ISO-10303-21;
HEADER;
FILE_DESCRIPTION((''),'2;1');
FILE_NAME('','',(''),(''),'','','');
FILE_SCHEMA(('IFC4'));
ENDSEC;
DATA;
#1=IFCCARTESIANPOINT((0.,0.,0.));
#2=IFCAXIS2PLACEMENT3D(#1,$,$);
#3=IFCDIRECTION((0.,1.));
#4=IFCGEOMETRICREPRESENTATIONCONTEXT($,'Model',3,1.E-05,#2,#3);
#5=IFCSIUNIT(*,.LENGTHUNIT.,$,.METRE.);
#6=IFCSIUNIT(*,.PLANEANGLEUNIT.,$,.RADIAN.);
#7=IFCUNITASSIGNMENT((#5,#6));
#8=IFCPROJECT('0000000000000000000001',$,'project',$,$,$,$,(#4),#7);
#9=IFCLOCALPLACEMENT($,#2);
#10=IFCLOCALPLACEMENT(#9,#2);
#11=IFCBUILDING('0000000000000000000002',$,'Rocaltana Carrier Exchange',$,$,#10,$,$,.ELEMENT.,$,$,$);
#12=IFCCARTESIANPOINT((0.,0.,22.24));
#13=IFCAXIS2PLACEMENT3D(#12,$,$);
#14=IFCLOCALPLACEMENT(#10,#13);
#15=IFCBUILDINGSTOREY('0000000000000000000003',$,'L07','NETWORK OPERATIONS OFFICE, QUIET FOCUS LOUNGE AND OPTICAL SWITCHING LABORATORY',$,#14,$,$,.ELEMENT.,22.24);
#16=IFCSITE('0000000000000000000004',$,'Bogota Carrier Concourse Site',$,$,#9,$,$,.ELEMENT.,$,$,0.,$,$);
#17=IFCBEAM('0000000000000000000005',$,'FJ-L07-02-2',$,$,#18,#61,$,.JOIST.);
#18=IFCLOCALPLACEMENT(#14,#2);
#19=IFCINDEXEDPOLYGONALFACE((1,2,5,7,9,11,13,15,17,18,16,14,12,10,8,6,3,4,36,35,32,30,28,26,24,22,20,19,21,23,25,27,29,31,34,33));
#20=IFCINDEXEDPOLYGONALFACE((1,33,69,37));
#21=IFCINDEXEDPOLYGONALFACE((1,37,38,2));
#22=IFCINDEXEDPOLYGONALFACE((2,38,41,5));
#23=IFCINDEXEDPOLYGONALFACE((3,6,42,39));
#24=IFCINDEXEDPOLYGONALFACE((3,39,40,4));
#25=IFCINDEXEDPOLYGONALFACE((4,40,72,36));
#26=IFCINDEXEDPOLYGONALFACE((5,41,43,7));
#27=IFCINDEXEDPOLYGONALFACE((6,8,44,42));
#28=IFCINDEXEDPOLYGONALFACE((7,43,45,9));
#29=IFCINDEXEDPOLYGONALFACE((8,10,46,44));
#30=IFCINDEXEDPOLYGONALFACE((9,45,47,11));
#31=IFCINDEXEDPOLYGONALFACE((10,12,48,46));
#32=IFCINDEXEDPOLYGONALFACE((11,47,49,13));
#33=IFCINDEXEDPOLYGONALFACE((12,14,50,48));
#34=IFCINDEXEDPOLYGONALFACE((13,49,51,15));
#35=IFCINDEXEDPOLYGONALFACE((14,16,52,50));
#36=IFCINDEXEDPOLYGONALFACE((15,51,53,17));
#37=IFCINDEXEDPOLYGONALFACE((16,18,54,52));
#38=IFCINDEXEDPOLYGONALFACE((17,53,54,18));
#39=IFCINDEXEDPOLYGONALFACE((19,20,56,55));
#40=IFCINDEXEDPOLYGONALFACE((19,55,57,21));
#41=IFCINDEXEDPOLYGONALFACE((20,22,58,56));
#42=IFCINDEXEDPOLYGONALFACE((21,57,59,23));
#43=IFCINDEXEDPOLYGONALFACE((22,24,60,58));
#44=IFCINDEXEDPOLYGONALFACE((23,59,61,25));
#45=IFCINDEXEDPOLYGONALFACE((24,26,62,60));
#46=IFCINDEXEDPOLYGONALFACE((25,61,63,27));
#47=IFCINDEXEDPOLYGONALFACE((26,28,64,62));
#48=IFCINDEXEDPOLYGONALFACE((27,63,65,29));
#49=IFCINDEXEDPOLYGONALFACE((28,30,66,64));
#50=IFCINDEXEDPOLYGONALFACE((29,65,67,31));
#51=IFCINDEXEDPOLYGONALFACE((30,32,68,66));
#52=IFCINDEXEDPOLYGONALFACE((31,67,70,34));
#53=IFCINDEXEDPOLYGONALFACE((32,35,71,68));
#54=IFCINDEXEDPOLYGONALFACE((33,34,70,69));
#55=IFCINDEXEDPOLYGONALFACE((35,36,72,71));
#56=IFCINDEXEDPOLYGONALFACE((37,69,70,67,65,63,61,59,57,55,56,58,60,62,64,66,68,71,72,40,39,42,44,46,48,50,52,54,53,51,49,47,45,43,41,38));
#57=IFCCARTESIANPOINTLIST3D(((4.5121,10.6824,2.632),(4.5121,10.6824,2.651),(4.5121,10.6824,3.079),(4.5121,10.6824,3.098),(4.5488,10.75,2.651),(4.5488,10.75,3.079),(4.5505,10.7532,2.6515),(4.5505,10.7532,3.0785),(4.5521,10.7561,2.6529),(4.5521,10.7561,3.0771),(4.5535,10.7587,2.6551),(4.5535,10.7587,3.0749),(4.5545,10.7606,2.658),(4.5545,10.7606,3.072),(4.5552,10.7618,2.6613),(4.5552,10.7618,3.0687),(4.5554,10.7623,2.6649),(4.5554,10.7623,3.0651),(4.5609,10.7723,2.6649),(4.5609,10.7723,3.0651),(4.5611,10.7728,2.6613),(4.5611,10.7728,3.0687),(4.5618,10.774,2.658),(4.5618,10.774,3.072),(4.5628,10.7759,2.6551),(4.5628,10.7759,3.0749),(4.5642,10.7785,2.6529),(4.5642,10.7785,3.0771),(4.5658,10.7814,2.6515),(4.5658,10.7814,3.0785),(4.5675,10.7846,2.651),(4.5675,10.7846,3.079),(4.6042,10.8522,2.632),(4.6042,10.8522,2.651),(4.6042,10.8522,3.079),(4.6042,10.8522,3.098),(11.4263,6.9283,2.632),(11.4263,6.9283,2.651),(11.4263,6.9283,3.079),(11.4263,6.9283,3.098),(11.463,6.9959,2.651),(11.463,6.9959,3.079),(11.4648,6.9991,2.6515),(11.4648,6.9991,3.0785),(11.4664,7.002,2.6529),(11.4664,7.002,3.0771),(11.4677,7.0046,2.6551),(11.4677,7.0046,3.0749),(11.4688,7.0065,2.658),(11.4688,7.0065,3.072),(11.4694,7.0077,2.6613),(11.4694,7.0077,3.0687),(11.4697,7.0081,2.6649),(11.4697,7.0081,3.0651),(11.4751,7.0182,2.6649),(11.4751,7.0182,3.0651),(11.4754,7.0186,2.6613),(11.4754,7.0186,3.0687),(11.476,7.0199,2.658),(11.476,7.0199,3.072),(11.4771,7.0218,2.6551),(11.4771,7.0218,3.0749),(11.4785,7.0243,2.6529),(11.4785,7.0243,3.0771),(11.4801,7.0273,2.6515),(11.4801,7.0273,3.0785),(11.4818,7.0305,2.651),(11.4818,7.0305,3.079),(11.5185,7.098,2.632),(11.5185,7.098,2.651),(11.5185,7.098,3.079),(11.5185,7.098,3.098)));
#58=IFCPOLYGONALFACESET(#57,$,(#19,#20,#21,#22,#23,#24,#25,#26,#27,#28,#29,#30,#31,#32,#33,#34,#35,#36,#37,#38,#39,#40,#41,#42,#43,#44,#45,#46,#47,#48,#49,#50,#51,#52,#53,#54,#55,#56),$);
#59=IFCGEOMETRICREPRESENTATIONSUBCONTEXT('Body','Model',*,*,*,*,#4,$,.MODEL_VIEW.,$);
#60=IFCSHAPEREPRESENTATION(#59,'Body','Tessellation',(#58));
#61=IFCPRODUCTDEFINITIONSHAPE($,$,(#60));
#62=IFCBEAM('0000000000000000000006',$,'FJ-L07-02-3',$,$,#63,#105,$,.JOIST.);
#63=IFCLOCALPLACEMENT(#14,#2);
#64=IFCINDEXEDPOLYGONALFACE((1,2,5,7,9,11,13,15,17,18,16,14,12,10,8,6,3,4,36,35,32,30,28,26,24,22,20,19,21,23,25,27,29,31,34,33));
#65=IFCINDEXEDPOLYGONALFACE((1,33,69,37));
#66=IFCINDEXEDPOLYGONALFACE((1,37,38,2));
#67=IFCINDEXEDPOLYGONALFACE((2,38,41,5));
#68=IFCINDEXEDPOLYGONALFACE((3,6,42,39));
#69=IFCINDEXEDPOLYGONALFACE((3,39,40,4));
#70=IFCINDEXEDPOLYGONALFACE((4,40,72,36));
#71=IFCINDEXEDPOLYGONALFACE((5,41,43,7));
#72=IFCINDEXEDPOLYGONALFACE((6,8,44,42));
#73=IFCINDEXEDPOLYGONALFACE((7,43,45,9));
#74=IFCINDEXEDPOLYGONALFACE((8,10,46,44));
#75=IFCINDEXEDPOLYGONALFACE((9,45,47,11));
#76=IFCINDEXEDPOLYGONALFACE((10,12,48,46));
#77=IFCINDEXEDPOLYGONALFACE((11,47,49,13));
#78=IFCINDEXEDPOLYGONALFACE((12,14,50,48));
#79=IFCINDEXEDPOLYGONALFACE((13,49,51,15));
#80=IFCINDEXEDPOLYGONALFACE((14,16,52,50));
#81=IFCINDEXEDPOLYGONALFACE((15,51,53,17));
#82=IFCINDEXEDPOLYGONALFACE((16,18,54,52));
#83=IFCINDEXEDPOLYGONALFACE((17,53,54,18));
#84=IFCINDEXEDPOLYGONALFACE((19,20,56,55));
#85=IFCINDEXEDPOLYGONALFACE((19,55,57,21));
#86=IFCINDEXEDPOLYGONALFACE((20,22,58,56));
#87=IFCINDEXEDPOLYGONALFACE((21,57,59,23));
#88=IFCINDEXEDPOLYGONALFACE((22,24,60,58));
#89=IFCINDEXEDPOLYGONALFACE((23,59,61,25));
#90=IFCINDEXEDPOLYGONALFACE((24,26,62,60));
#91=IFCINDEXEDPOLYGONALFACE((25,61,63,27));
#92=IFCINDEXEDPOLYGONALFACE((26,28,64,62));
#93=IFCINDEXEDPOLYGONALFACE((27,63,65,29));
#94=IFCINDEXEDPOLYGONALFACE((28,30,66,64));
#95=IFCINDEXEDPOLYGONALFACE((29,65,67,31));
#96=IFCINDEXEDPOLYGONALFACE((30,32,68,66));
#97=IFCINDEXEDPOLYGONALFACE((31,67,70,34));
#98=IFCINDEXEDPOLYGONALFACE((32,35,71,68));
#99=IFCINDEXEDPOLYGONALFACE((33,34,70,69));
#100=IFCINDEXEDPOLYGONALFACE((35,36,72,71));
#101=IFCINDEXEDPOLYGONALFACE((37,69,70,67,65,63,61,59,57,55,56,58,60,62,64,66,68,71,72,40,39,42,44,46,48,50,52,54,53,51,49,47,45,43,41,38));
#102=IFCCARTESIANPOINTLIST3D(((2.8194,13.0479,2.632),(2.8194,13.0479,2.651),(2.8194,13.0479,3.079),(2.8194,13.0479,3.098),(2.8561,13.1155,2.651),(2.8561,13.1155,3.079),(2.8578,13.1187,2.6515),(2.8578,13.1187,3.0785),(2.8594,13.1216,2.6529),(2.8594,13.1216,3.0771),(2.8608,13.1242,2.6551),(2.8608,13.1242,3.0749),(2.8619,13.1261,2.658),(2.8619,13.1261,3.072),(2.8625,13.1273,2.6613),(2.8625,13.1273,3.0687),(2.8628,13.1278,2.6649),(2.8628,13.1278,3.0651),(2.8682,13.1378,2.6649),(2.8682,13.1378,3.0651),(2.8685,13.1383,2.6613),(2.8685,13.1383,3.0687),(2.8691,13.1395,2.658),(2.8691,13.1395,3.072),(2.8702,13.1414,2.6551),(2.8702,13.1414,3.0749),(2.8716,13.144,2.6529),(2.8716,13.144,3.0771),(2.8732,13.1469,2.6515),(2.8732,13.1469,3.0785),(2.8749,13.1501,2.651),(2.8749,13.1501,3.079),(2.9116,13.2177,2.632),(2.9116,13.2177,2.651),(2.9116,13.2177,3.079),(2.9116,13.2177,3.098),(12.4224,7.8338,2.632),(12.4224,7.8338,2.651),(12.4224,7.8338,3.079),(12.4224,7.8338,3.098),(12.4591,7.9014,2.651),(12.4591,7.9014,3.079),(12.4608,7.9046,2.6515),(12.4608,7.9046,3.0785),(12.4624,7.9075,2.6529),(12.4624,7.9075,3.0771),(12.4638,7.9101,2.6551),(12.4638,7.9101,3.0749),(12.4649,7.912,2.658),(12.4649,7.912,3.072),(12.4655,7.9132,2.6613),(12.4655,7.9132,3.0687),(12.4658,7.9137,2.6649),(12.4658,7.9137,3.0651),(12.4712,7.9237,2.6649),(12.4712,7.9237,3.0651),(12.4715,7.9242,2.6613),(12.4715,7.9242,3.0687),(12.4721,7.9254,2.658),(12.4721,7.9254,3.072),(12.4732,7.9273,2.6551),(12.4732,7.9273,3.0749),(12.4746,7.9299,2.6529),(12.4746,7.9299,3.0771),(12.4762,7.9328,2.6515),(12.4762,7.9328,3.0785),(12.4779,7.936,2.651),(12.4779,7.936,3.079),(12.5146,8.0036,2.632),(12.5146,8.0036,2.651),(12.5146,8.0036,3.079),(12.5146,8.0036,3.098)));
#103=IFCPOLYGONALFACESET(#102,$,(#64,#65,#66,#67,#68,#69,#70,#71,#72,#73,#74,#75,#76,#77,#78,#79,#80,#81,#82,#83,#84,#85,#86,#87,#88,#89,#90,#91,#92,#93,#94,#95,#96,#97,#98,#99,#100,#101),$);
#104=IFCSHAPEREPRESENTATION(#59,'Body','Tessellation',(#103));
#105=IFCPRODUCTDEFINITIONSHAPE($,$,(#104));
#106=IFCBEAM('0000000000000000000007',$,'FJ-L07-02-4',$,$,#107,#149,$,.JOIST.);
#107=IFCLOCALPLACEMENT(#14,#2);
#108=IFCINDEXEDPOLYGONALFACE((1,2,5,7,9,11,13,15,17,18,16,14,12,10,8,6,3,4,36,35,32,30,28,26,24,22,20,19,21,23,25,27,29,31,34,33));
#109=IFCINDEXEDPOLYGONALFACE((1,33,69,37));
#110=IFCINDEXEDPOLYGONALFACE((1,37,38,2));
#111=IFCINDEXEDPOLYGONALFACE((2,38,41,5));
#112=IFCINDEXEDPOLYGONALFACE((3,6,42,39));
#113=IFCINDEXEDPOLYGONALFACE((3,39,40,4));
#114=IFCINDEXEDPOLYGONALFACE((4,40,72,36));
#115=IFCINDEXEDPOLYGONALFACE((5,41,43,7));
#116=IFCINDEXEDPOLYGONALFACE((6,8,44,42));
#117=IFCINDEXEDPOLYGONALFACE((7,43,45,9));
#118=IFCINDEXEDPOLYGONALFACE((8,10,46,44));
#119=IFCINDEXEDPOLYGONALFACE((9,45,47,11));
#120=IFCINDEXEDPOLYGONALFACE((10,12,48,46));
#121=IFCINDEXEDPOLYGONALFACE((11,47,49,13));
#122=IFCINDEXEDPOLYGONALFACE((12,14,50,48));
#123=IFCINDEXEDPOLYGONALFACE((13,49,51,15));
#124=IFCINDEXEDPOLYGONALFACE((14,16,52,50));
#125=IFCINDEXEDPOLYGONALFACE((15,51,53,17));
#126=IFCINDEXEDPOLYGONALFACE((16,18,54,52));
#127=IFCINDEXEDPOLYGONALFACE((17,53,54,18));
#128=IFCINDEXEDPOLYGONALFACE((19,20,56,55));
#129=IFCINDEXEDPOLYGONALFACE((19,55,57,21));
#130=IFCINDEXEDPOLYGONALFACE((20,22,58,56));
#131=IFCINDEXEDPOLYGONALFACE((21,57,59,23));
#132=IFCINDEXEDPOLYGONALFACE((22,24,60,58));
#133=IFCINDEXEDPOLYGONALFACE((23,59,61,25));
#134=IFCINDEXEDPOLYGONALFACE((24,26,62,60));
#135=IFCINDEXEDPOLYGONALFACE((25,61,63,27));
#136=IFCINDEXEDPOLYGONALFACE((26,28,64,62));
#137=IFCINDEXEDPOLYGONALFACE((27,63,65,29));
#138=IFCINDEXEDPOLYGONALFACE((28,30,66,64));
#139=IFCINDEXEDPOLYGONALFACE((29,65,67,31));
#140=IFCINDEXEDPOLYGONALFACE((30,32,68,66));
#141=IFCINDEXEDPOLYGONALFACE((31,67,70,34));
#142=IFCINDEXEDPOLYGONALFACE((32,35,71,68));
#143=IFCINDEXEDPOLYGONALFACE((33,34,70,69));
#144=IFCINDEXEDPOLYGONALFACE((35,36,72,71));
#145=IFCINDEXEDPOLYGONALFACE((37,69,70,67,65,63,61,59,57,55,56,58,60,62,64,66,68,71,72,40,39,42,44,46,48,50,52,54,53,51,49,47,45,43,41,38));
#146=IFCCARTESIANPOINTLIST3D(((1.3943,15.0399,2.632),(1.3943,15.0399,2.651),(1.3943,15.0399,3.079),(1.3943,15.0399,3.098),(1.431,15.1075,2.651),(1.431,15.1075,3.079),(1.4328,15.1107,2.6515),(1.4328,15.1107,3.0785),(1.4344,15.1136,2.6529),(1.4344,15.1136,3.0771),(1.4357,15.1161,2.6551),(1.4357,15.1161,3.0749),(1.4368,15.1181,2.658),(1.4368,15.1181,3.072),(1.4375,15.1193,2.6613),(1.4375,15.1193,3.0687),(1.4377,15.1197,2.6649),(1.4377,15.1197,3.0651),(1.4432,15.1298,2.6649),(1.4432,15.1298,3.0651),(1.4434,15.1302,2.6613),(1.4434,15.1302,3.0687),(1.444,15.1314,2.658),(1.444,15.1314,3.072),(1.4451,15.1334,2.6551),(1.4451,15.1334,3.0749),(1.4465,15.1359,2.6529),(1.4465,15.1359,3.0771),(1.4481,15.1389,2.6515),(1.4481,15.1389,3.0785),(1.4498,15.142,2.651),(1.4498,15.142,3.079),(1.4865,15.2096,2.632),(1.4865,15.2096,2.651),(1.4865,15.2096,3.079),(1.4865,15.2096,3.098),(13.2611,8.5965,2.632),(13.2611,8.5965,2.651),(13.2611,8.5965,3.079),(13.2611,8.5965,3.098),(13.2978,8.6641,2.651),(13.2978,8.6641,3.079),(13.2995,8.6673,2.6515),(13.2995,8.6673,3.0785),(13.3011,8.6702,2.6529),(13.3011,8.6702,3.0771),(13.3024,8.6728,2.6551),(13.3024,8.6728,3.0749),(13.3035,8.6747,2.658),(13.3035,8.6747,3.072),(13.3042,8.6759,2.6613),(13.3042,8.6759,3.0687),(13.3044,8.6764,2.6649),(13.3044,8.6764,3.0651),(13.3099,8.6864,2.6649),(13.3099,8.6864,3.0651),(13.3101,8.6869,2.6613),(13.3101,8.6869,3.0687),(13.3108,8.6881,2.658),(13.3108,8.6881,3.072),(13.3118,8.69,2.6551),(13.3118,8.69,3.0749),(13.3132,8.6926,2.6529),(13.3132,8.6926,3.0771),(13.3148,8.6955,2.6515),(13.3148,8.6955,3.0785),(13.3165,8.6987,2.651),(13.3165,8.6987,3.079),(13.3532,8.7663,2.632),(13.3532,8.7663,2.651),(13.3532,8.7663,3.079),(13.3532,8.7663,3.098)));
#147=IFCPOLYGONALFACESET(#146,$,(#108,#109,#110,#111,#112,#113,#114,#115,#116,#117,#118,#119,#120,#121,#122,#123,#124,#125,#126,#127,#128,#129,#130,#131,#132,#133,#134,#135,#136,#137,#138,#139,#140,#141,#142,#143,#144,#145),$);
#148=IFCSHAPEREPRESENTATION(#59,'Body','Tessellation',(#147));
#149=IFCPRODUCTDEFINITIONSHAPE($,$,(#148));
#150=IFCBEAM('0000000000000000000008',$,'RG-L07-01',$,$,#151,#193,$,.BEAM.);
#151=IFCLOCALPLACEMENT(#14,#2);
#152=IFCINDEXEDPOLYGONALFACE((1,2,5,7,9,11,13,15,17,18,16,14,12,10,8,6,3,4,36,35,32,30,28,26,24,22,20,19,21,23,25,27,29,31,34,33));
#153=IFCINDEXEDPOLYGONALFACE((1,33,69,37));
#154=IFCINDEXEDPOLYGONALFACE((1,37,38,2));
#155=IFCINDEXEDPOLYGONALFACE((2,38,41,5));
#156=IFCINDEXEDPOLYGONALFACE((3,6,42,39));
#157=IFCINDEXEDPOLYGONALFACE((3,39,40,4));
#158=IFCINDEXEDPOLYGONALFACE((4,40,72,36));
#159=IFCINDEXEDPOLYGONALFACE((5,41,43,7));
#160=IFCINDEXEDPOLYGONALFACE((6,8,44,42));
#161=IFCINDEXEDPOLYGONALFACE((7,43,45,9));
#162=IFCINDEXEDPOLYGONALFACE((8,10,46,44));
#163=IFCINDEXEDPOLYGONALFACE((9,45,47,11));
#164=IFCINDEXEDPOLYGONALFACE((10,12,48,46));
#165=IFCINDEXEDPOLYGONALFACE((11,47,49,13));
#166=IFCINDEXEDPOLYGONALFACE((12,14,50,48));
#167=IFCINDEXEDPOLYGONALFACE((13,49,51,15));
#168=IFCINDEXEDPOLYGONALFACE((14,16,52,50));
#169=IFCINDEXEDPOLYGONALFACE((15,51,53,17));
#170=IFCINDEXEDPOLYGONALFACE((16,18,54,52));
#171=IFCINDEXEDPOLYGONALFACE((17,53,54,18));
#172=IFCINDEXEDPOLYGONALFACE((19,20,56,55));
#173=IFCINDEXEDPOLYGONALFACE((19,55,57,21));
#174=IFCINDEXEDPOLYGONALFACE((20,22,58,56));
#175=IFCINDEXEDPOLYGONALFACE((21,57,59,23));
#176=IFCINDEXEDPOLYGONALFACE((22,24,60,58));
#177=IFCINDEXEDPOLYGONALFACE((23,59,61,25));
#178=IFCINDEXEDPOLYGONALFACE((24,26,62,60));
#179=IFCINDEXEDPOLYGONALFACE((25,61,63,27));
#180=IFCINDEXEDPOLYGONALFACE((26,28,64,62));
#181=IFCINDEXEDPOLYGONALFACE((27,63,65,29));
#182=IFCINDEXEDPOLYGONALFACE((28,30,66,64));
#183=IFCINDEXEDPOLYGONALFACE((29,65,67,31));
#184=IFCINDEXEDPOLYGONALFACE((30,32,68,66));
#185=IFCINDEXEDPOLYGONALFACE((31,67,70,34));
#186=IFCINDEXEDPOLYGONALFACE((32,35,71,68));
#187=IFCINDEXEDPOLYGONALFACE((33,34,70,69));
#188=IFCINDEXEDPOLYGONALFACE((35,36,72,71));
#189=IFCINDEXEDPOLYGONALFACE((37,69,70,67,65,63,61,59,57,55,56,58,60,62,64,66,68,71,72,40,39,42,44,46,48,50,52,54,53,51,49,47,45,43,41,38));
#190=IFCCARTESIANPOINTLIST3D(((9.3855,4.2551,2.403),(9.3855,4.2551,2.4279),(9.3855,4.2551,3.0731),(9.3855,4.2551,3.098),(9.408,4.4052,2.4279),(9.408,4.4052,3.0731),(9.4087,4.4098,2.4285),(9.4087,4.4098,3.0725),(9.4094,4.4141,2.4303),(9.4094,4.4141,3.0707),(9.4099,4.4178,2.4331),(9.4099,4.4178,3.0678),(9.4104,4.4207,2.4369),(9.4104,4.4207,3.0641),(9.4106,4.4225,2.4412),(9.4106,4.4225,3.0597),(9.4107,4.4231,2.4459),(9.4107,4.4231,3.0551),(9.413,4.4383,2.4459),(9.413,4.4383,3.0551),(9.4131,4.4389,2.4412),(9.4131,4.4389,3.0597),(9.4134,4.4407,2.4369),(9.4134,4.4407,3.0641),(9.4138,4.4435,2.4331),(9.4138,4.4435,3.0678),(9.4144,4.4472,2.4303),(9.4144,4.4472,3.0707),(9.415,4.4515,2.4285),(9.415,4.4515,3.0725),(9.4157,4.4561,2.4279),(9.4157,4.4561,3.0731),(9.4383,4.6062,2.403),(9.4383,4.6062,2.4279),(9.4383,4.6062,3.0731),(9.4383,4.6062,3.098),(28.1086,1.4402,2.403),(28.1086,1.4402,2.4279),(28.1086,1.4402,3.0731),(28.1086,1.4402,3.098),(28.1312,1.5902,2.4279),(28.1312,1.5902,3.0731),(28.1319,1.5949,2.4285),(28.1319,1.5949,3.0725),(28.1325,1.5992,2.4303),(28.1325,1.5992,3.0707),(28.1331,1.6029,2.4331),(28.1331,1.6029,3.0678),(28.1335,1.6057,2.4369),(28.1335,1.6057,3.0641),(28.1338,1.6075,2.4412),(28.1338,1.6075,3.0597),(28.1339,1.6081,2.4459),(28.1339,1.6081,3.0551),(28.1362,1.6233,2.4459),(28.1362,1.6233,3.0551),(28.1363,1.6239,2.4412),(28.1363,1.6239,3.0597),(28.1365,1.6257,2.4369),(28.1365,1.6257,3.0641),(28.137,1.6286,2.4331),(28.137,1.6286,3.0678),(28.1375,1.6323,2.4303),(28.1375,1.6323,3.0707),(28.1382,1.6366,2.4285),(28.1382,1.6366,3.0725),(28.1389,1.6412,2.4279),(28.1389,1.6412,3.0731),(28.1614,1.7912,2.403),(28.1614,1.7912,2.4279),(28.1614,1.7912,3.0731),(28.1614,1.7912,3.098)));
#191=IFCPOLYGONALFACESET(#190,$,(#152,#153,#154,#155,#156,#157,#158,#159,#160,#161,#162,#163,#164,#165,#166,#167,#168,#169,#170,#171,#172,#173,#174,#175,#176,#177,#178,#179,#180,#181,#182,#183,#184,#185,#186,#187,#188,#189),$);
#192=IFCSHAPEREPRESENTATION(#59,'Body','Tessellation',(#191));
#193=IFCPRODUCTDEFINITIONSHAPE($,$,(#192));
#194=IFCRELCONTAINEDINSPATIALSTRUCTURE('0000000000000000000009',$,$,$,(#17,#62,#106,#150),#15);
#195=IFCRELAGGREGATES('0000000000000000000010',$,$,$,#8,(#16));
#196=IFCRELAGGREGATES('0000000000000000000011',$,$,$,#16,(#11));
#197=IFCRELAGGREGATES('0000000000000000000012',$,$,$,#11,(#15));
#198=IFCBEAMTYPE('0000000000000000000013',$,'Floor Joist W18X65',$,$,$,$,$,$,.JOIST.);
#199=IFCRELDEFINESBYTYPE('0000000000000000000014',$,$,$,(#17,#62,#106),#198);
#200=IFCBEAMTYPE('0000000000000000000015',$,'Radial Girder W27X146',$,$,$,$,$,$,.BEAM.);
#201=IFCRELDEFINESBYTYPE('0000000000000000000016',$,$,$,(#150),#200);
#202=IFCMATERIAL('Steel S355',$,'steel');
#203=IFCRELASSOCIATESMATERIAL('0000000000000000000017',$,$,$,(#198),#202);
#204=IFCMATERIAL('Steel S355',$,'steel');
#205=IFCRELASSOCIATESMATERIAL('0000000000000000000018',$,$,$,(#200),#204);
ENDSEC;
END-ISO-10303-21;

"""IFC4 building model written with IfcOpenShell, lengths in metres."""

from ifc_helpers import new_model, si_unit, direction, frame, origin, origin_2d, place, context, subcontext, project, spatial, i_section, extrude, material, material_profile, profile_set, type_object, element, save


model = new_model("IFC4")

# Units and contexts
model_context = context("Model", 3, precision=1e-05, world=origin(), true_north=direction((0.0, 1.0)))
body_context = subcontext(model_context, "Body", "Model", "MODEL_VIEW")
ifc_project = project(units=[si_unit("LENGTHUNIT", "METRE"), si_unit("PLANEANGLEUNIT", "RADIAN")], contexts=[model_context])

# Site, building, storey
site_placement = place(None, origin())
site = spatial("IfcSite", under=ifc_project, at=site_placement, Name="Bogota Carrier Concourse Site", CompositionType="ELEMENT", RefElevation=0.0)
building_placement = place(site_placement, origin())
building = spatial("IfcBuilding", under=site, at=building_placement, Name="Rocaltana Carrier Exchange", CompositionType="ELEMENT")
storey_placement = place(building_placement, frame((0.0, 0.0, 22.24)))
storey = spatial("IfcBuildingStorey", under=building, at=storey_placement, Name="L07", Description="NETWORK OPERATIONS OFFICE, QUIET FOCUS LOUNGE AND OPTICAL SWITCHING LABORATORY", CompositionType="ELEMENT", Elevation=22.24)

# Beams
ifc_material_1 = material(Name="Steel S355", Category="steel")
ifc_material_profile_1 = material_profile(ifc_material_1, i_section(OverallWidth=0.1931, OverallDepth=0.4661, WebThickness=0.0115, FlangeThickness=0.019, FilletRadius=0.0139, at=origin_2d()), Name="W18X65")
ifc_profile_set_1 = profile_set([ifc_material_profile_1], Name="Steel S355")
beam_type_1 = type_object("IfcBeamType", Name="Floor Joist W18X65", PredefinedType="JOIST", material=ifc_profile_set_1)
beam_1_placement = place(storey_placement, frame((11.4724, 7.0132, 2.865), z_axis=(-0.878818, 0.477158, 0.0), x_axis=(-0.477158, -0.878818, 0.0)))
element("IfcBeam", 1, at=beam_1_placement, inside=storey, type_object=beam_type_1, Name="FJ-L07-02-2", PredefinedType="JOIST", context=body_context, shape_type="SweptSolid", body=[
    extrude(i_section(OverallWidth=0.1931, OverallDepth=0.4661, WebThickness=0.0115, FlangeThickness=0.019, FilletRadius=0.0139, at=origin_2d()), origin(), (0.0, 0.0, 1.0), 7.8677),
])
beam_2_placement = place(storey_placement, frame((12.4685, 7.9187, 2.865), z_axis=(-0.878814, 0.477165, 0.0), x_axis=(-0.477165, -0.878814, 0.0)))
element("IfcBeam", 2, at=beam_2_placement, inside=storey, type_object=beam_type_1, Name="FJ-L07-02-3", PredefinedType="JOIST", context=body_context, shape_type="SweptSolid", body=[
    extrude(i_section(OverallWidth=0.1931, OverallDepth=0.4661, WebThickness=0.0115, FlangeThickness=0.019, FilletRadius=0.0139, at=origin_2d()), origin(), (0.0, 0.0, 1.0), 10.9272),
])
beam_3_placement = place(storey_placement, frame((13.3071, 8.6814, 2.865), z_axis=(-0.878809, 0.477174, 0.0), x_axis=(-0.477174, -0.878809, 0.0)))
element("IfcBeam", 3, at=beam_3_placement, inside=storey, type_object=beam_type_1, Name="FJ-L07-02-4", PredefinedType="JOIST", context=body_context, shape_type="SweptSolid", body=[
    extrude(i_section(OverallWidth=0.1931, OverallDepth=0.4661, WebThickness=0.0115, FlangeThickness=0.019, FilletRadius=0.0139, at=origin_2d()), origin(), (0.0, 0.0, 1.0), 13.5032),
])
ifc_material_2 = material(Name="Steel S355", Category="steel")
ifc_material_profile_2 = material_profile(ifc_material_2, i_section(OverallWidth=0.355, OverallDepth=0.6951, WebThickness=0.0154, FlangeThickness=0.0249, FilletRadius=0.0181, at=origin_2d()), Name="W27X146")
ifc_profile_set_2 = profile_set([ifc_material_profile_2], Name="Steel S355")
beam_type_2 = type_object("IfcBeamType", Name="Radial Girder W27X146", PredefinedType="BEAM", material=ifc_profile_set_2)
beam_4_placement = place(storey_placement, frame((9.4119, 4.4307, 2.7505), z_axis=(0.988886, -0.148675, 0.0), x_axis=(0.148675, 0.988886, 0.0)))
element("IfcBeam", 4, at=beam_4_placement, inside=storey, type_object=beam_type_2, Name="RG-L07-01", PredefinedType="BEAM", context=body_context, shape_type="SweptSolid", body=[
    extrude(i_section(OverallWidth=0.355, OverallDepth=0.6951, WebThickness=0.0154, FlangeThickness=0.0249, FilletRadius=0.0181, at=origin_2d()), origin(), (0.0, 0.0, 1.0), 18.9336),
])

save(model, "model.ifc")
